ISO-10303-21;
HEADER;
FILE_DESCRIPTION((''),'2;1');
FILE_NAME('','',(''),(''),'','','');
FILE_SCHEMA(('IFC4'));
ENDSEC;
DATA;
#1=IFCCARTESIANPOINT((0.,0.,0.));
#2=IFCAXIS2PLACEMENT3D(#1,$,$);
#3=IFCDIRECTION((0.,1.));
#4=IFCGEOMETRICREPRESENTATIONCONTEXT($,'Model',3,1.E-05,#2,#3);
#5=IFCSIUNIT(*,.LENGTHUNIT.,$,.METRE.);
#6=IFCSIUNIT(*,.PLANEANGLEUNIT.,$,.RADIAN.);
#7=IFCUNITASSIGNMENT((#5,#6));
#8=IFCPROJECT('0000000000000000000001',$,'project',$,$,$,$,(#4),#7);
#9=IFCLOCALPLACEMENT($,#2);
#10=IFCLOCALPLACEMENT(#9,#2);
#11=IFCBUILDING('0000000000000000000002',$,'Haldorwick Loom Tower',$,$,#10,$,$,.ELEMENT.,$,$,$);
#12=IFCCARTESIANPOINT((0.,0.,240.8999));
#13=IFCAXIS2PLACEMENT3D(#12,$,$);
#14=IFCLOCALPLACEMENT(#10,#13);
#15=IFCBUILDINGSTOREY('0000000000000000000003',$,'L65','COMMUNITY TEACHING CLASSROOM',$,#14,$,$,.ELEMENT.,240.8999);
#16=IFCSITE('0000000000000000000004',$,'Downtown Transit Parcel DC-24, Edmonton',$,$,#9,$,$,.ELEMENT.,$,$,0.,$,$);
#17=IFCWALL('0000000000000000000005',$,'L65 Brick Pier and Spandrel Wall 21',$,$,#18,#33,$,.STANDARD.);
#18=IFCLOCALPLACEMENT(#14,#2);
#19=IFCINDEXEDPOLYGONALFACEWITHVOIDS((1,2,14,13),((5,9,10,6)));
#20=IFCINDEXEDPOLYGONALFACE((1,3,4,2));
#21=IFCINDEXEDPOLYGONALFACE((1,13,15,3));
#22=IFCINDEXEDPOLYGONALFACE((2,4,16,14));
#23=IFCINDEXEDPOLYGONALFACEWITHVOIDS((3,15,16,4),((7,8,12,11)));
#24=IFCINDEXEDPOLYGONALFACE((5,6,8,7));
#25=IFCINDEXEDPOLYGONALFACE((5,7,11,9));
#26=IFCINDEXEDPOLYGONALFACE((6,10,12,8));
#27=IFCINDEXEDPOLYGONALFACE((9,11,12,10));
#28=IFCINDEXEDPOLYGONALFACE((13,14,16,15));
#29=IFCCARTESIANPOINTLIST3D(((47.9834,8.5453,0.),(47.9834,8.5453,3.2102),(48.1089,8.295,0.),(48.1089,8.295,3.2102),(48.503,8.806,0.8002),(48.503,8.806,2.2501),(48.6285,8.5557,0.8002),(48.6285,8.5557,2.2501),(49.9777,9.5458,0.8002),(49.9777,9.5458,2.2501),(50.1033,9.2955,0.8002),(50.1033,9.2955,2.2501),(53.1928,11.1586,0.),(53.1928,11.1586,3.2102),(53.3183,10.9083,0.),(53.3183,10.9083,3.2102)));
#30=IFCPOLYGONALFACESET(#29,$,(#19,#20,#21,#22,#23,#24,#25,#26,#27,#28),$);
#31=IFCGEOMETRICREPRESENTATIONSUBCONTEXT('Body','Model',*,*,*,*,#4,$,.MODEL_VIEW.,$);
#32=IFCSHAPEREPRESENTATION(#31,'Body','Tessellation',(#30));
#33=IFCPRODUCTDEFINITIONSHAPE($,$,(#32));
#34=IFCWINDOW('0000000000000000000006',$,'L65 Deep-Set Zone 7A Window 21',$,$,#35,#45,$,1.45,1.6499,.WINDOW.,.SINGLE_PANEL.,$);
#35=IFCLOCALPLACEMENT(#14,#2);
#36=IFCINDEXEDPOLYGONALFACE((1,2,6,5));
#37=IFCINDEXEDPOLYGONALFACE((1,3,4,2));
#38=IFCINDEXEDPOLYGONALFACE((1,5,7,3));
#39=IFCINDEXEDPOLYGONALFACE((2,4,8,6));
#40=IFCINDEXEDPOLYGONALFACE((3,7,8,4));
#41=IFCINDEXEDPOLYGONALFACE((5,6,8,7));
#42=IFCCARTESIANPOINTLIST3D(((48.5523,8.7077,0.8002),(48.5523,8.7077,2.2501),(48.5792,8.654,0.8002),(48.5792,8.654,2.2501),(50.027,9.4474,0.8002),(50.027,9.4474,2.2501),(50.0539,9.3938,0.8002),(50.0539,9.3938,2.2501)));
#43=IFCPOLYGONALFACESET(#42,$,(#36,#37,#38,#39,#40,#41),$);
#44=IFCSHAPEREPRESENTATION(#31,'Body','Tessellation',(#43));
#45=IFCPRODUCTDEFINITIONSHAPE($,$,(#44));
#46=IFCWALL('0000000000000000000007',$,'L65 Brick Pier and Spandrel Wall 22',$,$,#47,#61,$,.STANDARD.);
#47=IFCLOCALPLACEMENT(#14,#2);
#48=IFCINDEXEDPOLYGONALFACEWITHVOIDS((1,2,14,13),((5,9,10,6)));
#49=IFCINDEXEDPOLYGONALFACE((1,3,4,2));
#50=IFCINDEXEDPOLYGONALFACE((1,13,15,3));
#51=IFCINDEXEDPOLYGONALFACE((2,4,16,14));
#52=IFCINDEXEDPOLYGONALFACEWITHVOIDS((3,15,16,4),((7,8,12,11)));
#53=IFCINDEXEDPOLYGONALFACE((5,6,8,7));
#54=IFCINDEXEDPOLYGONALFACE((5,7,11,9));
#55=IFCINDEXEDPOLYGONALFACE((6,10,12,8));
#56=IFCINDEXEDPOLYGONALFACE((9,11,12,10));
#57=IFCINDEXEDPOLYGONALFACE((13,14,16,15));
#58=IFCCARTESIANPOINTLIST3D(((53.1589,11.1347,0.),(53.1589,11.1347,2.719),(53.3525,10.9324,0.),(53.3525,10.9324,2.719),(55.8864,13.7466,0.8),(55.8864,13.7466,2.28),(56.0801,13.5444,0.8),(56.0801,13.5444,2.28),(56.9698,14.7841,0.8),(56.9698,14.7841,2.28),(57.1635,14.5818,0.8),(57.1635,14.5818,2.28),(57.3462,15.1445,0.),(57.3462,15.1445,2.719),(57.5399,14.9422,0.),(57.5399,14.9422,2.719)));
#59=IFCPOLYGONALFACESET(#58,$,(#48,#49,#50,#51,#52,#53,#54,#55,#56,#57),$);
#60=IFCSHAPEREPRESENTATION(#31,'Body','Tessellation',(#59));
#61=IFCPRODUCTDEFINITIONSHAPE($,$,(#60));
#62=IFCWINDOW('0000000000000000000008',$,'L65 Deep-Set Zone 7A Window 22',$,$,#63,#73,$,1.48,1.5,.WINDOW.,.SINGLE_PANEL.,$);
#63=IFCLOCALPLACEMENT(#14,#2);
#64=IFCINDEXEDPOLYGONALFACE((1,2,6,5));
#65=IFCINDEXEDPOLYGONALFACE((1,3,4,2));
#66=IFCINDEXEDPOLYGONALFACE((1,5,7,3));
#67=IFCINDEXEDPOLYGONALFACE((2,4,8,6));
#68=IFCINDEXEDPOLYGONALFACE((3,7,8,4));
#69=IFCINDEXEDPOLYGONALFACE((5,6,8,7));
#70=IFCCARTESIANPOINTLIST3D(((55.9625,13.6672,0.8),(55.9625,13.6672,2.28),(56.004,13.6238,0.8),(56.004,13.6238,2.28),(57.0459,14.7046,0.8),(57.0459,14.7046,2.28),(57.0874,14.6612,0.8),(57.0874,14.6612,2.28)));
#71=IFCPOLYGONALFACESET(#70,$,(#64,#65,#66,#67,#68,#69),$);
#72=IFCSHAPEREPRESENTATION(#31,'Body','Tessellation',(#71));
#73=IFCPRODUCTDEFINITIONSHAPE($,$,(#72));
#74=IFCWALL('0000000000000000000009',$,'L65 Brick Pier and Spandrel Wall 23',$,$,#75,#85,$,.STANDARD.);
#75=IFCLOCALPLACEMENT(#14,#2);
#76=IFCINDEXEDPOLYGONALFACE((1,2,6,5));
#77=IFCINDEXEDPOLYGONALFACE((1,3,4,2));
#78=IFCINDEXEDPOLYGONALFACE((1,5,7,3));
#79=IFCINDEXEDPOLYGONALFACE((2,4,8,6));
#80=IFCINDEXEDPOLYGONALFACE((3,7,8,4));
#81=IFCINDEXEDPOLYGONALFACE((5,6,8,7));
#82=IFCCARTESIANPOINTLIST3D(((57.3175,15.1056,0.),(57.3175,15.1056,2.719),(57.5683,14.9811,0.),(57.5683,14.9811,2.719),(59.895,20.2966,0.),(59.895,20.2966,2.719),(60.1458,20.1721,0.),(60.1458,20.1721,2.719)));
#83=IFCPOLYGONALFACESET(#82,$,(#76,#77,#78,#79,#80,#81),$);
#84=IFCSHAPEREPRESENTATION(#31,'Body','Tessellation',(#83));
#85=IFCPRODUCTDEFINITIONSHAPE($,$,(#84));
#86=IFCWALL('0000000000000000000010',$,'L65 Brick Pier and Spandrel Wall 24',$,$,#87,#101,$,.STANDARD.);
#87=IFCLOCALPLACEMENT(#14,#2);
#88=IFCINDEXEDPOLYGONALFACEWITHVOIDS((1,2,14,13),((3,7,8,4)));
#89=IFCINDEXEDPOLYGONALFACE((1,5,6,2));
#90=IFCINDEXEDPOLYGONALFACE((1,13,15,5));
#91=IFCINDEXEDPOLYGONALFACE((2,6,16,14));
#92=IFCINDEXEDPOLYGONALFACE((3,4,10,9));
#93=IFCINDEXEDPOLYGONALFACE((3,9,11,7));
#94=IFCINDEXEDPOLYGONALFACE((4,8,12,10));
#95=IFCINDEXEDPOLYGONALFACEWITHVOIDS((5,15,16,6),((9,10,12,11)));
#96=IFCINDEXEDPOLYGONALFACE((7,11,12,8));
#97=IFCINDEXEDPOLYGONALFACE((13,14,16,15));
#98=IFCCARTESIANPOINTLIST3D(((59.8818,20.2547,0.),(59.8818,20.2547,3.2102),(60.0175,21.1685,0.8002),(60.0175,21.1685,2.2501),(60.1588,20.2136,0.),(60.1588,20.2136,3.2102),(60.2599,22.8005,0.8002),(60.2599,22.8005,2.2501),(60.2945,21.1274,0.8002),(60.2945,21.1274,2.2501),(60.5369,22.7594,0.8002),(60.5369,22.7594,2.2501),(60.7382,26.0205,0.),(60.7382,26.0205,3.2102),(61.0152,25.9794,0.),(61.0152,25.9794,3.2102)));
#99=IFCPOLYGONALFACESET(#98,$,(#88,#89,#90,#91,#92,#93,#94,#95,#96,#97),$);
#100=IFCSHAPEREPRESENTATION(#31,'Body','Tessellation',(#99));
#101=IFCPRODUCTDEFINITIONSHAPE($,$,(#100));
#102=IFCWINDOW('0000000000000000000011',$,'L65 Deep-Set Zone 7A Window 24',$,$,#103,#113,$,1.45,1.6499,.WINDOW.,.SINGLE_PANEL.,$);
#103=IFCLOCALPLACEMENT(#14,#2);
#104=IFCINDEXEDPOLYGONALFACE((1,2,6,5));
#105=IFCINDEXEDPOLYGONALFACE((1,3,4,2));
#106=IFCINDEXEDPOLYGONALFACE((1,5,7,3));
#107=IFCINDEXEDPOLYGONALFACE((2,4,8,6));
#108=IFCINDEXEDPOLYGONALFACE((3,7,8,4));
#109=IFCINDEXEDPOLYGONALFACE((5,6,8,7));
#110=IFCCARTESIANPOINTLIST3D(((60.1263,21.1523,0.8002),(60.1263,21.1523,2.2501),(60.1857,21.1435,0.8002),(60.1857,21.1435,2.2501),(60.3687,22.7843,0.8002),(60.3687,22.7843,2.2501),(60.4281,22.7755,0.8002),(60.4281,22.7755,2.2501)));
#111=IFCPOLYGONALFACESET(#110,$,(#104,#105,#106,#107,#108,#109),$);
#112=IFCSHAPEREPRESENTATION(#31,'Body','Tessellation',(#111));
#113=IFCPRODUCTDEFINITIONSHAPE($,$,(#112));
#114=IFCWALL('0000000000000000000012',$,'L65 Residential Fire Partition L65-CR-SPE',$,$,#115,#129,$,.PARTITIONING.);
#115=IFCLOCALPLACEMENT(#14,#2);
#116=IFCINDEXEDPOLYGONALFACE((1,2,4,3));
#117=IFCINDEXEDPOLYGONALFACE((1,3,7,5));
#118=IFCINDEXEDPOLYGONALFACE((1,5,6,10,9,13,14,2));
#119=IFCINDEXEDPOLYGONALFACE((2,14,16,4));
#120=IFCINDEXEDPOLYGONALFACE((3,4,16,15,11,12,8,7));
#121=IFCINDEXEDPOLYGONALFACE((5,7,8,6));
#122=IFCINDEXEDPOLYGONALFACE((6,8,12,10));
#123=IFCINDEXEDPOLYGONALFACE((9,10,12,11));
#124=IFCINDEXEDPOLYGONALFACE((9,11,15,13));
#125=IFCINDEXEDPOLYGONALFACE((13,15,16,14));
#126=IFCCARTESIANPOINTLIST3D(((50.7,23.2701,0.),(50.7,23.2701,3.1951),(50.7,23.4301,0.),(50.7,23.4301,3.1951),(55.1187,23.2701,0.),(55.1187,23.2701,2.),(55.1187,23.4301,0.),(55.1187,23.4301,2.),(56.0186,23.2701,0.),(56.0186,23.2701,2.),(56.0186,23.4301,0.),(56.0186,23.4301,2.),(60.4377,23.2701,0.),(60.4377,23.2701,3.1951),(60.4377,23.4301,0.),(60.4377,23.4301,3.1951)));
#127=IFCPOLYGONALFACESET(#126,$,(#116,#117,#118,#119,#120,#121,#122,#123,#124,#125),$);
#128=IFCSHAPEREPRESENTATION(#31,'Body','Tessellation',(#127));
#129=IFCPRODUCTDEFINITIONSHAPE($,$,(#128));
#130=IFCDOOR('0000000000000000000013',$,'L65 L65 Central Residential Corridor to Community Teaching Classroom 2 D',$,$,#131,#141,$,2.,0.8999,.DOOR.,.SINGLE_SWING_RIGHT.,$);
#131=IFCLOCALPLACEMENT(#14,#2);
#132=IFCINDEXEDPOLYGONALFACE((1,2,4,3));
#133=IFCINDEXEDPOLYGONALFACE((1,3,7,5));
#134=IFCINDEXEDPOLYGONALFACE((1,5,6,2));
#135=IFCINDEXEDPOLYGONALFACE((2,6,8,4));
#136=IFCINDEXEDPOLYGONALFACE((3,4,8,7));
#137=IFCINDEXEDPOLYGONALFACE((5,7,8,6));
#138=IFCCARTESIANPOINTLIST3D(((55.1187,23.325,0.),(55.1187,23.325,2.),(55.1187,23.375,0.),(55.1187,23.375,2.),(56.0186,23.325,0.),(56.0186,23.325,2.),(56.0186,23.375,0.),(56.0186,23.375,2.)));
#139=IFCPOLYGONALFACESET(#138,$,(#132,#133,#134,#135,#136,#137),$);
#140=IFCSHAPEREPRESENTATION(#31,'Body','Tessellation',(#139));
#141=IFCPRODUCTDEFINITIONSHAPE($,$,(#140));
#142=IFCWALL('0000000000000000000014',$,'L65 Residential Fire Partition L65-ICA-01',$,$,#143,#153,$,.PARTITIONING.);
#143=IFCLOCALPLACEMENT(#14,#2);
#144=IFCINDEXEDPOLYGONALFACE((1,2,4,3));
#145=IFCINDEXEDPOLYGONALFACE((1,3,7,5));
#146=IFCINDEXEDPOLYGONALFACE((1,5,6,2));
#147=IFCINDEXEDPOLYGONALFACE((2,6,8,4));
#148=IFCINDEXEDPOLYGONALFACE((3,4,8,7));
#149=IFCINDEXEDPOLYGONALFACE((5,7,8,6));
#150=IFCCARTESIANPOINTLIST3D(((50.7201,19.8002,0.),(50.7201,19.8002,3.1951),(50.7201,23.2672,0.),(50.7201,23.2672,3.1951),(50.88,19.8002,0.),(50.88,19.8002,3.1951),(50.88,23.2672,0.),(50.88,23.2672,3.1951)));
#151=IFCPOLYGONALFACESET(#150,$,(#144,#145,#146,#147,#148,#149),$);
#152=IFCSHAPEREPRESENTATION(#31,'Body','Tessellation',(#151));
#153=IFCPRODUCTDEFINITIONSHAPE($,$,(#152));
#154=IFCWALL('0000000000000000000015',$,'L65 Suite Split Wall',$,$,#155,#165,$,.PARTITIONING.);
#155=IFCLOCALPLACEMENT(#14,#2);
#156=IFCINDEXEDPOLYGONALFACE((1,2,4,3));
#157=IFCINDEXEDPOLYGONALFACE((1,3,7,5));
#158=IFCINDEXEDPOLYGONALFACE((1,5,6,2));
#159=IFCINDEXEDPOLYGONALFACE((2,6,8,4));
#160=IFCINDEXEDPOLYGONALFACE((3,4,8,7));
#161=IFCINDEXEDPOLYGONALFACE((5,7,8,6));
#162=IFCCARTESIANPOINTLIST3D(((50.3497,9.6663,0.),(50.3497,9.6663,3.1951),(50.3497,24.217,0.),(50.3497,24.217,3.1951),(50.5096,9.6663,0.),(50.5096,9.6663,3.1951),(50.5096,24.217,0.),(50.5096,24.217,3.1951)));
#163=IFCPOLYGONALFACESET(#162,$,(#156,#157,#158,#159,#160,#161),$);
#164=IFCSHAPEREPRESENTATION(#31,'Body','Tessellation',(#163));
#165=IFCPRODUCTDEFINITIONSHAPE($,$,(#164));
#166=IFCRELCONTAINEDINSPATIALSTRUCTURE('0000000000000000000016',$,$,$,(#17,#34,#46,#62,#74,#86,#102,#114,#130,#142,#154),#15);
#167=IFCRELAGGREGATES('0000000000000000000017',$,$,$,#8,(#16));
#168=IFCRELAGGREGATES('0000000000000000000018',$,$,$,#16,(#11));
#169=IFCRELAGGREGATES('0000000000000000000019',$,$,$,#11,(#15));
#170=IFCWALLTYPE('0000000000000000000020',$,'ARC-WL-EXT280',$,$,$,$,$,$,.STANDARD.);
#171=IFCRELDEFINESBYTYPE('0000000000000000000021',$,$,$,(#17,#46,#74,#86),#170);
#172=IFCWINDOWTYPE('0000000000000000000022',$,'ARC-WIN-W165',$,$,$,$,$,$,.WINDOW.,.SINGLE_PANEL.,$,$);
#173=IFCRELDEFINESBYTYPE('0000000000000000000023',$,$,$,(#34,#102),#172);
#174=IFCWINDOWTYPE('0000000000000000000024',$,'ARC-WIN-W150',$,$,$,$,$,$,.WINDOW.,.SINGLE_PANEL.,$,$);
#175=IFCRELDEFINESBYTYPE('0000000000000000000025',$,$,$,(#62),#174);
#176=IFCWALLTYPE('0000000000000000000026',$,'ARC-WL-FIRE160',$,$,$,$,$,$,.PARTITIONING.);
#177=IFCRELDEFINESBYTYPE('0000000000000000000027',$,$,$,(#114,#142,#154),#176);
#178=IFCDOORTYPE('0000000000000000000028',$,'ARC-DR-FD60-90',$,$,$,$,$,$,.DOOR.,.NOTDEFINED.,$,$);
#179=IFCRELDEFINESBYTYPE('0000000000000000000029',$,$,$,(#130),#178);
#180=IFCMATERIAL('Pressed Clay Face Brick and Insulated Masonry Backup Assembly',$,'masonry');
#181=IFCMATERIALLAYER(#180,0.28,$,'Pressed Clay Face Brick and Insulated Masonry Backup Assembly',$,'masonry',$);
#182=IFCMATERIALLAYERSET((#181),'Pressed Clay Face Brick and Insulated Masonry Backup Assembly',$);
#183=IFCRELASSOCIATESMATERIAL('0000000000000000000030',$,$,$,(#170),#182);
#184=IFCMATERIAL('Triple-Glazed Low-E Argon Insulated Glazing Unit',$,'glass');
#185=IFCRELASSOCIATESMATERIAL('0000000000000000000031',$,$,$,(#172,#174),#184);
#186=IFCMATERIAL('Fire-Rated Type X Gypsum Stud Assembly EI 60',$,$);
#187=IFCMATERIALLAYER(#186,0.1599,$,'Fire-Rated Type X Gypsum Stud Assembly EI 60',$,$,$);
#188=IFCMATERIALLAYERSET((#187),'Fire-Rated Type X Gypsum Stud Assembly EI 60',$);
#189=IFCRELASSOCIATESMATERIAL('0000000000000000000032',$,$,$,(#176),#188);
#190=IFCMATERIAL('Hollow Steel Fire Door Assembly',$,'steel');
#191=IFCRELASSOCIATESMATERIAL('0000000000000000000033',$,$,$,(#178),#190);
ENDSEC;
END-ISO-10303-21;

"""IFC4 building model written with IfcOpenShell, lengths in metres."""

from ifc_helpers import new_model, si_unit, direction, frame, frame_2d, origin, place, context, subcontext, project, spatial, rectangle, extrude, material, layer, layer_set, type_object, element, fill, save


model = new_model("IFC4")

# Units and contexts
model_context = context("Model", 3, precision=1e-05, world=origin(), true_north=direction((0.0, 1.0)))
body_context = subcontext(model_context, "Body", "Model", "MODEL_VIEW")
ifc_project = project(units=[si_unit("LENGTHUNIT", "METRE"), si_unit("PLANEANGLEUNIT", "RADIAN")], contexts=[model_context])

# Site, building, storey
site_placement = place(None, origin())
site = spatial("IfcSite", under=ifc_project, at=site_placement, Name="Downtown Transit Parcel DC-24, Edmonton", CompositionType="ELEMENT", RefElevation=0.0)
building_placement = place(site_placement, origin())
building = spatial("IfcBuilding", under=site, at=building_placement, Name="Haldorwick Loom Tower", CompositionType="ELEMENT")
storey_placement = place(building_placement, frame((0.0, 0.0, 240.8999)))
storey = spatial("IfcBuildingStorey", under=building, at=storey_placement, Name="L65", Description="COMMUNITY TEACHING CLASSROOM", CompositionType="ELEMENT", Elevation=240.8999)

# Walls, openings, windows
ifc_material_1 = material(Name="Pressed Clay Face Brick and Insulated Masonry Backup Assembly", Category="masonry")
ifc_layer_1 = layer(ifc_material_1, 0.28, Name="Pressed Clay Face Brick and Insulated Masonry Backup Assembly", Category="masonry")
ifc_layer_set_1 = layer_set([ifc_layer_1], Name="Pressed Clay Face Brick and Insulated Masonry Backup Assembly")
wall_type_1 = type_object("IfcWallType", Name="ARC-WL-EXT280", PredefinedType="STANDARD", material=ifc_layer_set_1)
wall_1_placement = place(storey_placement, frame((48.0461, 8.4202, 0.0), z_axis=(0.0, 0.0, 1.0), x_axis=(0.89384, 0.448386, 0.0)))
wall_1 = element("IfcWall", 1, at=wall_1_placement, inside=storey, type_object=wall_type_1, Name="L65 Brick Pier and Spandrel Wall 21", PredefinedType="STANDARD", context=body_context, shape_type="SweptSolid", body=[
    extrude(rectangle(XDim=5.8281, YDim=0.28, at=frame_2d((2.9141, 0.0))), origin(), (0.0, 0.0, 1.0), 3.2102),
])
opening_1_placement = place(wall_1_placement, frame((0.5813, 0.0, 0.8)))
opening_1 = element("IfcOpeningElement", 2, at=opening_1_placement, cuts=wall_1, PredefinedType="OPENING", context=body_context, shape_type="SweptSolid", body=[
    extrude(rectangle(XDim=1.6499, YDim=1.45, at=frame_2d((0.825, 0.7251))), frame((0.0, 0.1499, 0.0), z_axis=(0.0, -1.0, 0.0), x_axis=(1.0, 0.0, 0.0)), (0.0, 0.0, 1.0), 0.3),
])
ifc_material_2 = material(Name="Triple-Glazed Low-E Argon Insulated Glazing Unit", Category="glass")
window_type_1 = type_object("IfcWindowType", Name="ARC-WIN-W165", PartitioningType="SINGLE_PANEL", PredefinedType="WINDOW", material=ifc_material_2)
window_1_placement = place(opening_1_placement, origin())
window_1 = element("IfcWindow", 3, at=window_1_placement, inside=storey, type_object=window_type_1, Name="L65 Deep-Set Zone 7A Window 21", OverallHeight=1.45, OverallWidth=1.6499, PartitioningType="SINGLE_PANEL", PredefinedType="WINDOW", context=body_context, shape_type="SweptSolid", body=[
    extrude(rectangle(XDim=1.6499, YDim=1.45, at=frame_2d((0.825, 0.7251))), frame((0.0, 0.03, 0.0), z_axis=(0.0, -1.0, 0.0), x_axis=(1.0, 0.0, 0.0)), (0.0, 0.0, 1.0), 0.0601),
])
fill(opening_1, window_1)
wall_2_placement = place(storey_placement, frame((53.2556, 11.0334, 0.0), z_axis=(0.0, 0.0, 1.0), x_axis=(0.722248, 0.691634, 0.0)))
wall_2 = element("IfcWall", 4, at=wall_2_placement, inside=storey, type_object=wall_type_1, Name="L65 Brick Pier and Spandrel Wall 22", PredefinedType="STANDARD", context=body_context, shape_type="SweptSolid", body=[
    extrude(rectangle(XDim=5.7976, YDim=0.28, at=frame_2d((2.8989, 0.0))), origin(), (0.0, 0.0, 1.0), 2.719),
])
opening_2_placement = place(wall_2_placement, frame((3.7766, 0.0, 0.8)))
opening_2 = element("IfcOpeningElement", 5, at=opening_2_placement, cuts=wall_2, PredefinedType="OPENING", context=body_context, shape_type="SweptSolid", body=[
    extrude(rectangle(XDim=1.5, YDim=1.48, at=frame_2d((0.75, 0.74))), frame((0.0, 0.1499, 0.0), z_axis=(0.0, -1.0, 0.0), x_axis=(1.0, 0.0, 0.0)), (0.0, 0.0, 1.0), 0.3),
])
window_type_2 = type_object("IfcWindowType", Name="ARC-WIN-W150", PartitioningType="SINGLE_PANEL", PredefinedType="WINDOW", material=ifc_material_2)
window_2_placement = place(opening_2_placement, origin())
window_2 = element("IfcWindow", 6, at=window_2_placement, inside=storey, type_object=window_type_2, Name="L65 Deep-Set Zone 7A Window 22", OverallHeight=1.48, OverallWidth=1.5, PartitioningType="SINGLE_PANEL", PredefinedType="WINDOW", context=body_context, shape_type="SweptSolid", body=[
    extrude(rectangle(XDim=1.5, YDim=1.48, at=frame_2d((0.75, 0.74))), frame((0.0, 0.03, 0.0), z_axis=(0.0, -1.0, 0.0), x_axis=(1.0, 0.0, 0.0)), (0.0, 0.0, 1.0), 0.0601),
])
fill(opening_2, window_2)

# Wall
wall_3_placement = place(storey_placement, frame((57.4429, 15.0432, 0.0), z_axis=(0.0, 0.0, 1.0), x_axis=(0.444718, 0.895671, 0.0)))
element("IfcWall", 7, at=wall_3_placement, inside=storey, type_object=wall_type_1, Name="L65 Brick Pier and Spandrel Wall 23", PredefinedType="STANDARD", context=body_context, shape_type="SweptSolid", body=[
    extrude(rectangle(XDim=5.7957, YDim=0.28, at=frame_2d((2.8979, 0.0))), origin(), (0.0, 0.0, 1.0), 2.719),
])

# Wall, opening, window
wall_4_placement = place(storey_placement, frame((60.0203, 20.2341, 0.0), z_axis=(0.0, 0.0, 1.0), x_axis=(0.146925, 0.989148, 0.0)))
wall_4 = element("IfcWall", 8, at=wall_4_placement, inside=storey, type_object=wall_type_1, Name="L65 Brick Pier and Spandrel Wall 24", PredefinedType="STANDARD", context=body_context, shape_type="SweptSolid", body=[
    extrude(rectangle(XDim=5.8291, YDim=0.28, at=frame_2d((2.9146, 0.0))), origin(), (0.0, 0.0, 1.0), 3.2102),
])
opening_3_placement = place(wall_4_placement, frame((0.9238, 0.0, 0.8)))
opening_3 = element("IfcOpeningElement", 9, at=opening_3_placement, cuts=wall_4, PredefinedType="OPENING", context=body_context, shape_type="SweptSolid", body=[
    extrude(rectangle(XDim=1.6499, YDim=1.45, at=frame_2d((0.825, 0.7251))), frame((0.0, 0.1499, 0.0), z_axis=(0.0, -1.0, 0.0), x_axis=(1.0, 0.0, 0.0)), (0.0, 0.0, 1.0), 0.3),
])
window_3_placement = place(opening_3_placement, origin())
window_3 = element("IfcWindow", 10, at=window_3_placement, inside=storey, type_object=window_type_1, Name="L65 Deep-Set Zone 7A Window 24", OverallHeight=1.45, OverallWidth=1.6499, PartitioningType="SINGLE_PANEL", PredefinedType="WINDOW", context=body_context, shape_type="SweptSolid", body=[
    extrude(rectangle(XDim=1.6499, YDim=1.45, at=frame_2d((0.825, 0.7251))), frame((0.0, 0.03, 0.0), z_axis=(0.0, -1.0, 0.0), x_axis=(1.0, 0.0, 0.0)), (0.0, 0.0, 1.0), 0.0601),
])
fill(opening_3, window_3)

# Wall, opening, door
ifc_material_3 = material(Name="Fire-Rated Type X Gypsum Stud Assembly EI 60")
ifc_layer_2 = layer(ifc_material_3, 0.1599, Name="Fire-Rated Type X Gypsum Stud Assembly EI 60")
ifc_layer_set_2 = layer_set([ifc_layer_2], Name="Fire-Rated Type X Gypsum Stud Assembly EI 60")
wall_type_2 = type_object("IfcWallType", Name="ARC-WL-FIRE160", PredefinedType="PARTITIONING", material=ifc_layer_set_2)
wall_5_placement = place(storey_placement, frame((50.7, 23.3501, 0.0), z_axis=(0.0, 0.0, 1.0), x_axis=(1.0, 0.0, 0.0)))
wall_5 = element("IfcWall", 11, at=wall_5_placement, inside=storey, type_object=wall_type_2, Name="L65 Residential Fire Partition L65-CR-SPE", PredefinedType="PARTITIONING", context=body_context, shape_type="SweptSolid", body=[
    extrude(rectangle(XDim=9.7378, YDim=0.1599, at=frame_2d((4.8689, 0.0))), origin(), (0.0, 0.0, 1.0), 3.1951),
])
opening_4_placement = place(wall_5_placement, frame((4.4187, 0.0, 0.0)))
opening_4 = element("IfcOpeningElement", 12, at=opening_4_placement, cuts=wall_5, PredefinedType="OPENING", context=body_context, shape_type="SweptSolid", body=[
    extrude(rectangle(XDim=0.8999, YDim=2.0, at=frame_2d((0.45, 1.0))), frame((0.0, 0.0898, 0.0), z_axis=(0.0, -1.0, 0.0), x_axis=(1.0, 0.0, 0.0)), (0.0, 0.0, 1.0), 0.1799),
])
ifc_material_4 = material(Name="Hollow Steel Fire Door Assembly", Category="steel")
door_type = type_object("IfcDoorType", Name="ARC-DR-FD60-90", OperationType="NOTDEFINED", PredefinedType="DOOR", material=ifc_material_4)
door_placement = place(opening_4_placement, origin())
door = element("IfcDoor", 13, at=door_placement, inside=storey, type_object=door_type, Name="L65 L65 Central Residential Corridor to Community Teaching Classroom 2 D", OperationType="SINGLE_SWING_RIGHT", OverallHeight=2.0, OverallWidth=0.8999, PredefinedType="DOOR", context=body_context, shape_type="SweptSolid", body=[
    extrude(rectangle(XDim=0.8999, YDim=2.0, at=frame_2d((0.45, 1.0))), frame((0.0, 0.0249, 0.0), z_axis=(0.0, -1.0, 0.0), x_axis=(1.0, 0.0, 0.0)), (0.0, 0.0, 1.0), 0.05),
])
fill(opening_4, door)

# Walls
wall_6_placement = place(storey_placement, frame((50.8, 23.2671, 0.0), z_axis=(0.0, 0.0, 1.0), x_axis=(0.0, -1.0, 0.0)))
element("IfcWall", 14, at=wall_6_placement, inside=storey, type_object=wall_type_2, Name="L65 Residential Fire Partition L65-ICA-01", PredefinedType="PARTITIONING", context=body_context, shape_type="SweptSolid", body=[
    extrude(rectangle(XDim=3.467, YDim=0.1599, at=frame_2d((1.7334, 0.0))), origin(), (0.0, 0.0, 1.0), 3.1951),
])
wall_7_placement = place(storey_placement, frame((50.4297, 9.6663, 0.0), z_axis=(0.0, 0.0, 1.0), x_axis=(0.0, 1.0, 0.0)))
element("IfcWall", 15, at=wall_7_placement, inside=storey, type_object=wall_type_2, Name="L65 Suite Split Wall", PredefinedType="PARTITIONING", context=body_context, shape_type="SweptSolid", body=[
    extrude(rectangle(XDim=14.5508, YDim=0.1599, at=frame_2d((7.2754, 0.0))), origin(), (0.0, 0.0, 1.0), 3.1951),
])

save(model, "model.ifc")
